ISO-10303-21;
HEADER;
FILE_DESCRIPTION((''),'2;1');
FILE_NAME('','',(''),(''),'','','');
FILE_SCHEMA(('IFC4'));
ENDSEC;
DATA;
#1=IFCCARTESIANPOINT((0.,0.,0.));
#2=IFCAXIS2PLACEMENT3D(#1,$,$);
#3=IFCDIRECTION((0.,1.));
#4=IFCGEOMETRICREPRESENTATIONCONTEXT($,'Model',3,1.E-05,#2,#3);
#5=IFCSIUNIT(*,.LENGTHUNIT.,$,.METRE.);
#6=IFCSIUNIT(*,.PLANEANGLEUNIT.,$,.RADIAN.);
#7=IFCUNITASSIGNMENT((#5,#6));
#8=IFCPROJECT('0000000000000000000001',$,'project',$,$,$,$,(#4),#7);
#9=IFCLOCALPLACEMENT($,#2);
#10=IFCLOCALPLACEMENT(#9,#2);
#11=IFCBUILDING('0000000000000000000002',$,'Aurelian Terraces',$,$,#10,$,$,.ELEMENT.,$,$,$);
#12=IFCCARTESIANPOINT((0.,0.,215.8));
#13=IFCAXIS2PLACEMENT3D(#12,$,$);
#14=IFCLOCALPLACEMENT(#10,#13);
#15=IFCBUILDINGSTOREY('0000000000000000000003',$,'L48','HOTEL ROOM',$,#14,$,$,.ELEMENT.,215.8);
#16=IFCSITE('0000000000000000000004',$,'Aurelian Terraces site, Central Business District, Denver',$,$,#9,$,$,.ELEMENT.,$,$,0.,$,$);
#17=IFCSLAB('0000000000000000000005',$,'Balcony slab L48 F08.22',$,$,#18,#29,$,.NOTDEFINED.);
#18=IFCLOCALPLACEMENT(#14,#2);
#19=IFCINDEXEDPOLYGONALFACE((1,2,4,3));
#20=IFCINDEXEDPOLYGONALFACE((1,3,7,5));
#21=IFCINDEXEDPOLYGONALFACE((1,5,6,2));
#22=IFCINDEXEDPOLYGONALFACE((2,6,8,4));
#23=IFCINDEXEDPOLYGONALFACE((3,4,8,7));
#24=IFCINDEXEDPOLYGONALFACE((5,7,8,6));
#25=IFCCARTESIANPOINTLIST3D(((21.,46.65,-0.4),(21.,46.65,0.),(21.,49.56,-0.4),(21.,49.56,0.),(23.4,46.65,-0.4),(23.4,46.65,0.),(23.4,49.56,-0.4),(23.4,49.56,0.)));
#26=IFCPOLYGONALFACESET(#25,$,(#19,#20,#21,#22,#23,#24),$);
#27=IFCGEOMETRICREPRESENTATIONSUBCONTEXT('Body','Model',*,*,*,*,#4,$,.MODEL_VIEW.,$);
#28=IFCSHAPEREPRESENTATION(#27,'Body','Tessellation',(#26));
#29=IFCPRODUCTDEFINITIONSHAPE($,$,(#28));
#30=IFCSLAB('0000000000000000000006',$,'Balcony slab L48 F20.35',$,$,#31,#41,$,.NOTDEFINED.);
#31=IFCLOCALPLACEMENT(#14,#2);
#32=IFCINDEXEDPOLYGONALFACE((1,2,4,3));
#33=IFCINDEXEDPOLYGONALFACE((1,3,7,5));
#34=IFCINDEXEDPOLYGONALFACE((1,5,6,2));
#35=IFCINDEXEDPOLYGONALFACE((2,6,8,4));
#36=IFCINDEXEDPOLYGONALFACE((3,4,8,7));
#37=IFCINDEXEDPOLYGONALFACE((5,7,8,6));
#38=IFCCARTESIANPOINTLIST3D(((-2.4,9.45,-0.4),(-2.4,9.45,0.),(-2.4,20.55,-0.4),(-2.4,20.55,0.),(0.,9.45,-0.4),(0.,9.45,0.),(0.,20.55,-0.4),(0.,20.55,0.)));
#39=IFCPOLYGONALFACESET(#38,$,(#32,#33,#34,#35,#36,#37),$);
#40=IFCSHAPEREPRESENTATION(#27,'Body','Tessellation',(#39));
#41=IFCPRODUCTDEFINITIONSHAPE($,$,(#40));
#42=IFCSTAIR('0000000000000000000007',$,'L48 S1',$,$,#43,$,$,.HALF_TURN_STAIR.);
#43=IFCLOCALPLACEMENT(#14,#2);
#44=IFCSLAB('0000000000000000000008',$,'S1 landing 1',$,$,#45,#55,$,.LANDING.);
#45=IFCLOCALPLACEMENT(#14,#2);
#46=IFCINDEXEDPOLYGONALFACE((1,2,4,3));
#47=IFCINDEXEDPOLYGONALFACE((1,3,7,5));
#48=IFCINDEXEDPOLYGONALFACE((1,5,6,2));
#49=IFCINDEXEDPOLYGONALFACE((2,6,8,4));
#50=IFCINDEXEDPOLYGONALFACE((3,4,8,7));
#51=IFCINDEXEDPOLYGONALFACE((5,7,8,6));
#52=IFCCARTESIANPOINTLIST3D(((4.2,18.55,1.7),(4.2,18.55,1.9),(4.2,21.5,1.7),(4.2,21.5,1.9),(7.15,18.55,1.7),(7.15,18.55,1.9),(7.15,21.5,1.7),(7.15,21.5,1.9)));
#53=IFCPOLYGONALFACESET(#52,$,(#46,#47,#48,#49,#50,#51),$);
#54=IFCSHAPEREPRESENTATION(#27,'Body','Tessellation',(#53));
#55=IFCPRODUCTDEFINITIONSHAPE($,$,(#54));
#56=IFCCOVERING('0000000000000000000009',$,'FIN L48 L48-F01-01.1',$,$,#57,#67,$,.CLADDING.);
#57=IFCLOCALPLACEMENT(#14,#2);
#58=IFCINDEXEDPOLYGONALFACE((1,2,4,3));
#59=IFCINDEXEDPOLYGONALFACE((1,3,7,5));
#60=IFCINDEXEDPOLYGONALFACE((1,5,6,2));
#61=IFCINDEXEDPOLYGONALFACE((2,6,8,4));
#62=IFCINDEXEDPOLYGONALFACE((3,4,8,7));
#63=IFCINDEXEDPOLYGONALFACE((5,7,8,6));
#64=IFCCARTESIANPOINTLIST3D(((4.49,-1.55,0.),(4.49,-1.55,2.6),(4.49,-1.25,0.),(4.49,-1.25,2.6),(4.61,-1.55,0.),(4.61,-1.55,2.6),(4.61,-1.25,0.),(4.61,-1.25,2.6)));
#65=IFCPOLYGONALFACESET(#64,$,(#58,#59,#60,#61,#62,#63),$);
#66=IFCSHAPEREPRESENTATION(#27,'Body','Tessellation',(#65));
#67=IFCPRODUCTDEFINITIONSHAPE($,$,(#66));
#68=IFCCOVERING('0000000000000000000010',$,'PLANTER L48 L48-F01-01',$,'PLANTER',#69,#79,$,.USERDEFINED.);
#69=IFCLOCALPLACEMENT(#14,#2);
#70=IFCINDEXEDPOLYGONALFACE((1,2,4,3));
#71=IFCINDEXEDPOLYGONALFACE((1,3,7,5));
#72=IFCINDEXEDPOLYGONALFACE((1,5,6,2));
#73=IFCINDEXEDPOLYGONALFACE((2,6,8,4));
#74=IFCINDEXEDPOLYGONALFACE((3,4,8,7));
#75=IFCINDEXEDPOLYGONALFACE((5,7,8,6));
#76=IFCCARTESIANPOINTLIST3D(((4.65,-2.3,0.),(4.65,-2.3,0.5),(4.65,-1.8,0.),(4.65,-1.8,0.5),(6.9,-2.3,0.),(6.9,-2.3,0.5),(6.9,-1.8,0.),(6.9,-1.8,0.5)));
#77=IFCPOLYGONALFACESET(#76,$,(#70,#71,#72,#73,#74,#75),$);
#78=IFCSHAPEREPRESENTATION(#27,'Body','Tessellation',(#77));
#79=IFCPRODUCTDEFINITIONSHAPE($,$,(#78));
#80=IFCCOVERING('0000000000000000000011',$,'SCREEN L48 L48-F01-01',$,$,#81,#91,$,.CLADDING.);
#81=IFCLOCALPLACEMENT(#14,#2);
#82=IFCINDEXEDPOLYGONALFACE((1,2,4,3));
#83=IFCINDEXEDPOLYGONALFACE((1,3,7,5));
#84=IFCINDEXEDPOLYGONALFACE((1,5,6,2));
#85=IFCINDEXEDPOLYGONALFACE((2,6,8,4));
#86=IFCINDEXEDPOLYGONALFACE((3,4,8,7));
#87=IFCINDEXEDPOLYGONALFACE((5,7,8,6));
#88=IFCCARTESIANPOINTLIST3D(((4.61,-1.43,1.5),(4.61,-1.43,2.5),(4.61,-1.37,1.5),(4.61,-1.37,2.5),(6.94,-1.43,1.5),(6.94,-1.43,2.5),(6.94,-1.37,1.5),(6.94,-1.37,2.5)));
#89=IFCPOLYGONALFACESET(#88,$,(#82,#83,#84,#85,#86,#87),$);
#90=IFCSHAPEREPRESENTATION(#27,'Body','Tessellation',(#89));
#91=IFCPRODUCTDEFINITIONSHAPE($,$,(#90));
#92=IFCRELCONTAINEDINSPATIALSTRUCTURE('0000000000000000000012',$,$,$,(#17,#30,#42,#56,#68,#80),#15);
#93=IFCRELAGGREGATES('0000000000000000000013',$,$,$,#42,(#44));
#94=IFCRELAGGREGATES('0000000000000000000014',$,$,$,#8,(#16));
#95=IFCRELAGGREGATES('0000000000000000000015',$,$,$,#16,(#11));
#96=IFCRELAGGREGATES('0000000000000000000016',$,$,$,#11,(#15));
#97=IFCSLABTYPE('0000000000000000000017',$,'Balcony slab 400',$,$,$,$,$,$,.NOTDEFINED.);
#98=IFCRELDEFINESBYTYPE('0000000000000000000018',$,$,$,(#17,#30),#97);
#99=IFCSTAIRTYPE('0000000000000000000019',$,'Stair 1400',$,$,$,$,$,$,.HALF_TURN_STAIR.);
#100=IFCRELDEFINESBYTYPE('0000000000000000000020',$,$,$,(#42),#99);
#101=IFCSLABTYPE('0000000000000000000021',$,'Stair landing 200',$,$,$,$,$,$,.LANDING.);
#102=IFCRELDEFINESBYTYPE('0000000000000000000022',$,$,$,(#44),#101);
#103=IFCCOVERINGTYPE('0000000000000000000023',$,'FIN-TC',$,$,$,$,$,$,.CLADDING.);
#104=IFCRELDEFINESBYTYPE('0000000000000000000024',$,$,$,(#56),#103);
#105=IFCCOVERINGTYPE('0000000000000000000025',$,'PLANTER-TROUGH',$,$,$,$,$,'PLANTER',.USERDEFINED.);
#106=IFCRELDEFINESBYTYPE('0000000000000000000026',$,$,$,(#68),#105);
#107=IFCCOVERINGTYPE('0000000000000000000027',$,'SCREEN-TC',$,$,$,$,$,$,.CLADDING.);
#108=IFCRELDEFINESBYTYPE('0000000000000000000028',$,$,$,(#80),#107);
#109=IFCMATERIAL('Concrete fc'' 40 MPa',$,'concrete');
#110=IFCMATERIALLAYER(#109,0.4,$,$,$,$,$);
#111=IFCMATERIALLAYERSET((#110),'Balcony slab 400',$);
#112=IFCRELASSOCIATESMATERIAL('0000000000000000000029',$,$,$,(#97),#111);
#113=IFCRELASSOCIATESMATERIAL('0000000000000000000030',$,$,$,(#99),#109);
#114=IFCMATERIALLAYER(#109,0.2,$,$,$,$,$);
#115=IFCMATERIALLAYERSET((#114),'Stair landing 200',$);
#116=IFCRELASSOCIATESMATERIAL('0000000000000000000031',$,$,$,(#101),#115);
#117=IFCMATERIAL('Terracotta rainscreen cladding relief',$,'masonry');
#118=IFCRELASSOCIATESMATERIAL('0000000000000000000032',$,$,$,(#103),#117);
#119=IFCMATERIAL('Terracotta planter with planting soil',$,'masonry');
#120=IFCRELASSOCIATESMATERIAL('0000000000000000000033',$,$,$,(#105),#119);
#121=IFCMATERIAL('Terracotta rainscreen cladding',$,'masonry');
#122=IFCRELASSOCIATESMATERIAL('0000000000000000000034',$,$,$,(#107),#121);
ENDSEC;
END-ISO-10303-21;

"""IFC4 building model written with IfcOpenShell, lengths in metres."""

from ifc_helpers import new_model, si_unit, direction, frame, origin, origin_2d, place, context, subcontext, project, spatial, polyline, rectangle, outline, extrude, source, transform, mapped, material, layer, layer_set, type_object, element, aggregate, save


model = new_model("IFC4")

# Units and contexts
model_context = context("Model", 3, precision=1e-05, world=origin(), true_north=direction((0.0, 1.0)))
body_context = subcontext(model_context, "Body", "Model", "MODEL_VIEW")
ifc_project = project(units=[si_unit("LENGTHUNIT", "METRE"), si_unit("PLANEANGLEUNIT", "RADIAN")], contexts=[model_context])

# Site, building, storey
site_placement = place(None, origin())
site = spatial("IfcSite", under=ifc_project, at=site_placement, Name="Aurelian Terraces site, Central Business District, Denver", CompositionType="ELEMENT", RefElevation=0.0)
building_placement = place(site_placement, origin())
building = spatial("IfcBuilding", under=site, at=building_placement, Name="Aurelian Terraces", CompositionType="ELEMENT")
storey_placement = place(building_placement, frame((0.0, 0.0, 215.8)))
storey = spatial("IfcBuildingStorey", under=building, at=storey_placement, Name="L48", Description="HOTEL ROOM", CompositionType="ELEMENT", Elevation=215.8)

# Slabs
ifc_material_1 = material(Name="Concrete fc' 40 MPa", Category="concrete")
ifc_layer_1 = layer(ifc_material_1, 0.4)
ifc_layer_set_1 = layer_set([ifc_layer_1], Name="Balcony slab 400")
slab_type_1 = type_object("IfcSlabType", Name="Balcony slab 400", PredefinedType="NOTDEFINED", material=ifc_layer_set_1)
shared_shape_1 = source(origin(), body_context, "Body", "SweptSolid", [
    extrude(outline(polyline([(21.0, 46.65), (21.0, 49.56), (23.4, 49.56), (23.4, 46.65), (21.0, 46.65)])), origin(), (0.0, 0.0, 1.0), 0.4),
])
slab_1_placement = place(storey_placement, frame((0.0, 0.0, -0.4)))
element("IfcSlab", 1, at=slab_1_placement, inside=storey, type_object=slab_type_1, Name="Balcony slab L48 F08.22", PredefinedType="NOTDEFINED", context=body_context, shape_type="MappedRepresentation", body=[
    mapped(shared_shape_1, transform((0.0, 0.0, 0.0), scale=1.0)),
])
shared_shape_2 = source(origin(), body_context, "Body", "SweptSolid", [
    extrude(outline(polyline([(0.0, 20.55), (0.0, 9.45), (-2.4, 9.45), (-2.4, 20.55), (0.0, 20.55)])), origin(), (0.0, 0.0, 1.0), 0.4),
])
slab_2_placement = place(storey_placement, frame((0.0, 0.0, -0.4)))
element("IfcSlab", 2, at=slab_2_placement, inside=storey, type_object=slab_type_1, Name="Balcony slab L48 F20.35", PredefinedType="NOTDEFINED", context=body_context, shape_type="MappedRepresentation", body=[
    mapped(shared_shape_2, transform((0.0, 0.0, 0.0), scale=1.0)),
])

# Stair, slab
stair_type = type_object("IfcStairType", Name="Stair 1400", PredefinedType="HALF_TURN_STAIR", material=ifc_material_1)
stair_placement = place(storey_placement, origin())
stair = element("IfcStair", 3, at=stair_placement, inside=storey, type_object=stair_type, Name="L48 S1", PredefinedType="HALF_TURN_STAIR")
ifc_layer_2 = layer(ifc_material_1, 0.2)
ifc_layer_set_2 = layer_set([ifc_layer_2], Name="Stair landing 200")
slab_type_2 = type_object("IfcSlabType", Name="Stair landing 200", PredefinedType="LANDING", material=ifc_layer_set_2)
shared_shape_3 = source(origin(), body_context, "Body", "SweptSolid", [
    extrude(outline(polyline([(7.15, 18.55), (7.15, 21.5), (4.2, 21.5), (4.2, 18.55), (7.15, 18.55)])), origin(), (0.0, 0.0, 1.0), 0.2),
])
slab_3_placement = place(storey_placement, frame((0.0, 0.0, 1.7)))
slab_3 = element("IfcSlab", 4, at=slab_3_placement, type_object=slab_type_2, Name="S1 landing 1", PredefinedType="LANDING", context=body_context, shape_type="MappedRepresentation", body=[
    mapped(shared_shape_3, transform((0.0, 0.0, 0.0), scale=1.0)),
])
aggregate(stair, [slab_3])

# Covering
ifc_material_2 = material(Name="Terracotta rainscreen cladding relief", Category="masonry")
covering_type_1 = type_object("IfcCoveringType", Name="FIN-TC", PredefinedType="CLADDING", material=ifc_material_2)
shared_shape_4 = source(origin(), body_context, "Body", "SweptSolid", [
    extrude(rectangle(XDim=0.12, YDim=0.3, at=origin_2d()), origin(), (0.0, 0.0, 1.0), 2.6),
])
covering_1_placement = place(storey_placement, frame((4.55, -1.4, 0.0), z_axis=(0.0, 0.0, 1.0), x_axis=(1.0, 0.0, 0.0)))
element("IfcCovering", 5, at=covering_1_placement, inside=storey, type_object=covering_type_1, Name="FIN L48 L48-F01-01.1", PredefinedType="CLADDING", context=body_context, shape_type="MappedRepresentation", body=[
    mapped(shared_shape_4, transform((0.0, 0.0, 0.0), scale=1.0)),
])

# Coverings
ifc_material_3 = material(Name="Terracotta planter with planting soil", Category="masonry")
covering_type_2 = type_object("IfcCoveringType", Name="PLANTER-TROUGH", ElementType="PLANTER", PredefinedType="USERDEFINED", material=ifc_material_3)
shared_shape_5 = source(origin(), body_context, "Body", "SweptSolid", [
    extrude(rectangle(XDim=2.25, YDim=0.5, at=origin_2d()), origin(), (0.0, 0.0, 1.0), 0.5),
])
covering_2_placement = place(storey_placement, frame((5.775, -2.05, 0.0), z_axis=(0.0, 0.0, 1.0), x_axis=(1.0, 0.0, 0.0)))
element("IfcCovering", 6, at=covering_2_placement, inside=storey, type_object=covering_type_2, Name="PLANTER L48 L48-F01-01", ObjectType="PLANTER", PredefinedType="USERDEFINED", context=body_context, shape_type="MappedRepresentation", body=[
    mapped(shared_shape_5, transform((0.0, 0.0, 0.0), scale=1.0)),
])
ifc_material_4 = material(Name="Terracotta rainscreen cladding", Category="masonry")
covering_type_3 = type_object("IfcCoveringType", Name="SCREEN-TC", PredefinedType="CLADDING", material=ifc_material_4)
shared_shape_6 = source(origin(), body_context, "Body", "SweptSolid", [
    extrude(rectangle(XDim=2.33, YDim=0.06, at=origin_2d()), origin(), (0.0, 0.0, 1.0), 1.0),
])
covering_3_placement = place(storey_placement, frame((5.775, -1.4, 1.5), z_axis=(0.0, 0.0, 1.0), x_axis=(1.0, 0.0, 0.0)))
element("IfcCovering", 7, at=covering_3_placement, inside=storey, type_object=covering_type_3, Name="SCREEN L48 L48-F01-01", PredefinedType="CLADDING", context=body_context, shape_type="MappedRepresentation", body=[
    mapped(shared_shape_6, transform((0.0, 0.0, 0.0), scale=1.0)),
])

save(model, "model.ifc")
